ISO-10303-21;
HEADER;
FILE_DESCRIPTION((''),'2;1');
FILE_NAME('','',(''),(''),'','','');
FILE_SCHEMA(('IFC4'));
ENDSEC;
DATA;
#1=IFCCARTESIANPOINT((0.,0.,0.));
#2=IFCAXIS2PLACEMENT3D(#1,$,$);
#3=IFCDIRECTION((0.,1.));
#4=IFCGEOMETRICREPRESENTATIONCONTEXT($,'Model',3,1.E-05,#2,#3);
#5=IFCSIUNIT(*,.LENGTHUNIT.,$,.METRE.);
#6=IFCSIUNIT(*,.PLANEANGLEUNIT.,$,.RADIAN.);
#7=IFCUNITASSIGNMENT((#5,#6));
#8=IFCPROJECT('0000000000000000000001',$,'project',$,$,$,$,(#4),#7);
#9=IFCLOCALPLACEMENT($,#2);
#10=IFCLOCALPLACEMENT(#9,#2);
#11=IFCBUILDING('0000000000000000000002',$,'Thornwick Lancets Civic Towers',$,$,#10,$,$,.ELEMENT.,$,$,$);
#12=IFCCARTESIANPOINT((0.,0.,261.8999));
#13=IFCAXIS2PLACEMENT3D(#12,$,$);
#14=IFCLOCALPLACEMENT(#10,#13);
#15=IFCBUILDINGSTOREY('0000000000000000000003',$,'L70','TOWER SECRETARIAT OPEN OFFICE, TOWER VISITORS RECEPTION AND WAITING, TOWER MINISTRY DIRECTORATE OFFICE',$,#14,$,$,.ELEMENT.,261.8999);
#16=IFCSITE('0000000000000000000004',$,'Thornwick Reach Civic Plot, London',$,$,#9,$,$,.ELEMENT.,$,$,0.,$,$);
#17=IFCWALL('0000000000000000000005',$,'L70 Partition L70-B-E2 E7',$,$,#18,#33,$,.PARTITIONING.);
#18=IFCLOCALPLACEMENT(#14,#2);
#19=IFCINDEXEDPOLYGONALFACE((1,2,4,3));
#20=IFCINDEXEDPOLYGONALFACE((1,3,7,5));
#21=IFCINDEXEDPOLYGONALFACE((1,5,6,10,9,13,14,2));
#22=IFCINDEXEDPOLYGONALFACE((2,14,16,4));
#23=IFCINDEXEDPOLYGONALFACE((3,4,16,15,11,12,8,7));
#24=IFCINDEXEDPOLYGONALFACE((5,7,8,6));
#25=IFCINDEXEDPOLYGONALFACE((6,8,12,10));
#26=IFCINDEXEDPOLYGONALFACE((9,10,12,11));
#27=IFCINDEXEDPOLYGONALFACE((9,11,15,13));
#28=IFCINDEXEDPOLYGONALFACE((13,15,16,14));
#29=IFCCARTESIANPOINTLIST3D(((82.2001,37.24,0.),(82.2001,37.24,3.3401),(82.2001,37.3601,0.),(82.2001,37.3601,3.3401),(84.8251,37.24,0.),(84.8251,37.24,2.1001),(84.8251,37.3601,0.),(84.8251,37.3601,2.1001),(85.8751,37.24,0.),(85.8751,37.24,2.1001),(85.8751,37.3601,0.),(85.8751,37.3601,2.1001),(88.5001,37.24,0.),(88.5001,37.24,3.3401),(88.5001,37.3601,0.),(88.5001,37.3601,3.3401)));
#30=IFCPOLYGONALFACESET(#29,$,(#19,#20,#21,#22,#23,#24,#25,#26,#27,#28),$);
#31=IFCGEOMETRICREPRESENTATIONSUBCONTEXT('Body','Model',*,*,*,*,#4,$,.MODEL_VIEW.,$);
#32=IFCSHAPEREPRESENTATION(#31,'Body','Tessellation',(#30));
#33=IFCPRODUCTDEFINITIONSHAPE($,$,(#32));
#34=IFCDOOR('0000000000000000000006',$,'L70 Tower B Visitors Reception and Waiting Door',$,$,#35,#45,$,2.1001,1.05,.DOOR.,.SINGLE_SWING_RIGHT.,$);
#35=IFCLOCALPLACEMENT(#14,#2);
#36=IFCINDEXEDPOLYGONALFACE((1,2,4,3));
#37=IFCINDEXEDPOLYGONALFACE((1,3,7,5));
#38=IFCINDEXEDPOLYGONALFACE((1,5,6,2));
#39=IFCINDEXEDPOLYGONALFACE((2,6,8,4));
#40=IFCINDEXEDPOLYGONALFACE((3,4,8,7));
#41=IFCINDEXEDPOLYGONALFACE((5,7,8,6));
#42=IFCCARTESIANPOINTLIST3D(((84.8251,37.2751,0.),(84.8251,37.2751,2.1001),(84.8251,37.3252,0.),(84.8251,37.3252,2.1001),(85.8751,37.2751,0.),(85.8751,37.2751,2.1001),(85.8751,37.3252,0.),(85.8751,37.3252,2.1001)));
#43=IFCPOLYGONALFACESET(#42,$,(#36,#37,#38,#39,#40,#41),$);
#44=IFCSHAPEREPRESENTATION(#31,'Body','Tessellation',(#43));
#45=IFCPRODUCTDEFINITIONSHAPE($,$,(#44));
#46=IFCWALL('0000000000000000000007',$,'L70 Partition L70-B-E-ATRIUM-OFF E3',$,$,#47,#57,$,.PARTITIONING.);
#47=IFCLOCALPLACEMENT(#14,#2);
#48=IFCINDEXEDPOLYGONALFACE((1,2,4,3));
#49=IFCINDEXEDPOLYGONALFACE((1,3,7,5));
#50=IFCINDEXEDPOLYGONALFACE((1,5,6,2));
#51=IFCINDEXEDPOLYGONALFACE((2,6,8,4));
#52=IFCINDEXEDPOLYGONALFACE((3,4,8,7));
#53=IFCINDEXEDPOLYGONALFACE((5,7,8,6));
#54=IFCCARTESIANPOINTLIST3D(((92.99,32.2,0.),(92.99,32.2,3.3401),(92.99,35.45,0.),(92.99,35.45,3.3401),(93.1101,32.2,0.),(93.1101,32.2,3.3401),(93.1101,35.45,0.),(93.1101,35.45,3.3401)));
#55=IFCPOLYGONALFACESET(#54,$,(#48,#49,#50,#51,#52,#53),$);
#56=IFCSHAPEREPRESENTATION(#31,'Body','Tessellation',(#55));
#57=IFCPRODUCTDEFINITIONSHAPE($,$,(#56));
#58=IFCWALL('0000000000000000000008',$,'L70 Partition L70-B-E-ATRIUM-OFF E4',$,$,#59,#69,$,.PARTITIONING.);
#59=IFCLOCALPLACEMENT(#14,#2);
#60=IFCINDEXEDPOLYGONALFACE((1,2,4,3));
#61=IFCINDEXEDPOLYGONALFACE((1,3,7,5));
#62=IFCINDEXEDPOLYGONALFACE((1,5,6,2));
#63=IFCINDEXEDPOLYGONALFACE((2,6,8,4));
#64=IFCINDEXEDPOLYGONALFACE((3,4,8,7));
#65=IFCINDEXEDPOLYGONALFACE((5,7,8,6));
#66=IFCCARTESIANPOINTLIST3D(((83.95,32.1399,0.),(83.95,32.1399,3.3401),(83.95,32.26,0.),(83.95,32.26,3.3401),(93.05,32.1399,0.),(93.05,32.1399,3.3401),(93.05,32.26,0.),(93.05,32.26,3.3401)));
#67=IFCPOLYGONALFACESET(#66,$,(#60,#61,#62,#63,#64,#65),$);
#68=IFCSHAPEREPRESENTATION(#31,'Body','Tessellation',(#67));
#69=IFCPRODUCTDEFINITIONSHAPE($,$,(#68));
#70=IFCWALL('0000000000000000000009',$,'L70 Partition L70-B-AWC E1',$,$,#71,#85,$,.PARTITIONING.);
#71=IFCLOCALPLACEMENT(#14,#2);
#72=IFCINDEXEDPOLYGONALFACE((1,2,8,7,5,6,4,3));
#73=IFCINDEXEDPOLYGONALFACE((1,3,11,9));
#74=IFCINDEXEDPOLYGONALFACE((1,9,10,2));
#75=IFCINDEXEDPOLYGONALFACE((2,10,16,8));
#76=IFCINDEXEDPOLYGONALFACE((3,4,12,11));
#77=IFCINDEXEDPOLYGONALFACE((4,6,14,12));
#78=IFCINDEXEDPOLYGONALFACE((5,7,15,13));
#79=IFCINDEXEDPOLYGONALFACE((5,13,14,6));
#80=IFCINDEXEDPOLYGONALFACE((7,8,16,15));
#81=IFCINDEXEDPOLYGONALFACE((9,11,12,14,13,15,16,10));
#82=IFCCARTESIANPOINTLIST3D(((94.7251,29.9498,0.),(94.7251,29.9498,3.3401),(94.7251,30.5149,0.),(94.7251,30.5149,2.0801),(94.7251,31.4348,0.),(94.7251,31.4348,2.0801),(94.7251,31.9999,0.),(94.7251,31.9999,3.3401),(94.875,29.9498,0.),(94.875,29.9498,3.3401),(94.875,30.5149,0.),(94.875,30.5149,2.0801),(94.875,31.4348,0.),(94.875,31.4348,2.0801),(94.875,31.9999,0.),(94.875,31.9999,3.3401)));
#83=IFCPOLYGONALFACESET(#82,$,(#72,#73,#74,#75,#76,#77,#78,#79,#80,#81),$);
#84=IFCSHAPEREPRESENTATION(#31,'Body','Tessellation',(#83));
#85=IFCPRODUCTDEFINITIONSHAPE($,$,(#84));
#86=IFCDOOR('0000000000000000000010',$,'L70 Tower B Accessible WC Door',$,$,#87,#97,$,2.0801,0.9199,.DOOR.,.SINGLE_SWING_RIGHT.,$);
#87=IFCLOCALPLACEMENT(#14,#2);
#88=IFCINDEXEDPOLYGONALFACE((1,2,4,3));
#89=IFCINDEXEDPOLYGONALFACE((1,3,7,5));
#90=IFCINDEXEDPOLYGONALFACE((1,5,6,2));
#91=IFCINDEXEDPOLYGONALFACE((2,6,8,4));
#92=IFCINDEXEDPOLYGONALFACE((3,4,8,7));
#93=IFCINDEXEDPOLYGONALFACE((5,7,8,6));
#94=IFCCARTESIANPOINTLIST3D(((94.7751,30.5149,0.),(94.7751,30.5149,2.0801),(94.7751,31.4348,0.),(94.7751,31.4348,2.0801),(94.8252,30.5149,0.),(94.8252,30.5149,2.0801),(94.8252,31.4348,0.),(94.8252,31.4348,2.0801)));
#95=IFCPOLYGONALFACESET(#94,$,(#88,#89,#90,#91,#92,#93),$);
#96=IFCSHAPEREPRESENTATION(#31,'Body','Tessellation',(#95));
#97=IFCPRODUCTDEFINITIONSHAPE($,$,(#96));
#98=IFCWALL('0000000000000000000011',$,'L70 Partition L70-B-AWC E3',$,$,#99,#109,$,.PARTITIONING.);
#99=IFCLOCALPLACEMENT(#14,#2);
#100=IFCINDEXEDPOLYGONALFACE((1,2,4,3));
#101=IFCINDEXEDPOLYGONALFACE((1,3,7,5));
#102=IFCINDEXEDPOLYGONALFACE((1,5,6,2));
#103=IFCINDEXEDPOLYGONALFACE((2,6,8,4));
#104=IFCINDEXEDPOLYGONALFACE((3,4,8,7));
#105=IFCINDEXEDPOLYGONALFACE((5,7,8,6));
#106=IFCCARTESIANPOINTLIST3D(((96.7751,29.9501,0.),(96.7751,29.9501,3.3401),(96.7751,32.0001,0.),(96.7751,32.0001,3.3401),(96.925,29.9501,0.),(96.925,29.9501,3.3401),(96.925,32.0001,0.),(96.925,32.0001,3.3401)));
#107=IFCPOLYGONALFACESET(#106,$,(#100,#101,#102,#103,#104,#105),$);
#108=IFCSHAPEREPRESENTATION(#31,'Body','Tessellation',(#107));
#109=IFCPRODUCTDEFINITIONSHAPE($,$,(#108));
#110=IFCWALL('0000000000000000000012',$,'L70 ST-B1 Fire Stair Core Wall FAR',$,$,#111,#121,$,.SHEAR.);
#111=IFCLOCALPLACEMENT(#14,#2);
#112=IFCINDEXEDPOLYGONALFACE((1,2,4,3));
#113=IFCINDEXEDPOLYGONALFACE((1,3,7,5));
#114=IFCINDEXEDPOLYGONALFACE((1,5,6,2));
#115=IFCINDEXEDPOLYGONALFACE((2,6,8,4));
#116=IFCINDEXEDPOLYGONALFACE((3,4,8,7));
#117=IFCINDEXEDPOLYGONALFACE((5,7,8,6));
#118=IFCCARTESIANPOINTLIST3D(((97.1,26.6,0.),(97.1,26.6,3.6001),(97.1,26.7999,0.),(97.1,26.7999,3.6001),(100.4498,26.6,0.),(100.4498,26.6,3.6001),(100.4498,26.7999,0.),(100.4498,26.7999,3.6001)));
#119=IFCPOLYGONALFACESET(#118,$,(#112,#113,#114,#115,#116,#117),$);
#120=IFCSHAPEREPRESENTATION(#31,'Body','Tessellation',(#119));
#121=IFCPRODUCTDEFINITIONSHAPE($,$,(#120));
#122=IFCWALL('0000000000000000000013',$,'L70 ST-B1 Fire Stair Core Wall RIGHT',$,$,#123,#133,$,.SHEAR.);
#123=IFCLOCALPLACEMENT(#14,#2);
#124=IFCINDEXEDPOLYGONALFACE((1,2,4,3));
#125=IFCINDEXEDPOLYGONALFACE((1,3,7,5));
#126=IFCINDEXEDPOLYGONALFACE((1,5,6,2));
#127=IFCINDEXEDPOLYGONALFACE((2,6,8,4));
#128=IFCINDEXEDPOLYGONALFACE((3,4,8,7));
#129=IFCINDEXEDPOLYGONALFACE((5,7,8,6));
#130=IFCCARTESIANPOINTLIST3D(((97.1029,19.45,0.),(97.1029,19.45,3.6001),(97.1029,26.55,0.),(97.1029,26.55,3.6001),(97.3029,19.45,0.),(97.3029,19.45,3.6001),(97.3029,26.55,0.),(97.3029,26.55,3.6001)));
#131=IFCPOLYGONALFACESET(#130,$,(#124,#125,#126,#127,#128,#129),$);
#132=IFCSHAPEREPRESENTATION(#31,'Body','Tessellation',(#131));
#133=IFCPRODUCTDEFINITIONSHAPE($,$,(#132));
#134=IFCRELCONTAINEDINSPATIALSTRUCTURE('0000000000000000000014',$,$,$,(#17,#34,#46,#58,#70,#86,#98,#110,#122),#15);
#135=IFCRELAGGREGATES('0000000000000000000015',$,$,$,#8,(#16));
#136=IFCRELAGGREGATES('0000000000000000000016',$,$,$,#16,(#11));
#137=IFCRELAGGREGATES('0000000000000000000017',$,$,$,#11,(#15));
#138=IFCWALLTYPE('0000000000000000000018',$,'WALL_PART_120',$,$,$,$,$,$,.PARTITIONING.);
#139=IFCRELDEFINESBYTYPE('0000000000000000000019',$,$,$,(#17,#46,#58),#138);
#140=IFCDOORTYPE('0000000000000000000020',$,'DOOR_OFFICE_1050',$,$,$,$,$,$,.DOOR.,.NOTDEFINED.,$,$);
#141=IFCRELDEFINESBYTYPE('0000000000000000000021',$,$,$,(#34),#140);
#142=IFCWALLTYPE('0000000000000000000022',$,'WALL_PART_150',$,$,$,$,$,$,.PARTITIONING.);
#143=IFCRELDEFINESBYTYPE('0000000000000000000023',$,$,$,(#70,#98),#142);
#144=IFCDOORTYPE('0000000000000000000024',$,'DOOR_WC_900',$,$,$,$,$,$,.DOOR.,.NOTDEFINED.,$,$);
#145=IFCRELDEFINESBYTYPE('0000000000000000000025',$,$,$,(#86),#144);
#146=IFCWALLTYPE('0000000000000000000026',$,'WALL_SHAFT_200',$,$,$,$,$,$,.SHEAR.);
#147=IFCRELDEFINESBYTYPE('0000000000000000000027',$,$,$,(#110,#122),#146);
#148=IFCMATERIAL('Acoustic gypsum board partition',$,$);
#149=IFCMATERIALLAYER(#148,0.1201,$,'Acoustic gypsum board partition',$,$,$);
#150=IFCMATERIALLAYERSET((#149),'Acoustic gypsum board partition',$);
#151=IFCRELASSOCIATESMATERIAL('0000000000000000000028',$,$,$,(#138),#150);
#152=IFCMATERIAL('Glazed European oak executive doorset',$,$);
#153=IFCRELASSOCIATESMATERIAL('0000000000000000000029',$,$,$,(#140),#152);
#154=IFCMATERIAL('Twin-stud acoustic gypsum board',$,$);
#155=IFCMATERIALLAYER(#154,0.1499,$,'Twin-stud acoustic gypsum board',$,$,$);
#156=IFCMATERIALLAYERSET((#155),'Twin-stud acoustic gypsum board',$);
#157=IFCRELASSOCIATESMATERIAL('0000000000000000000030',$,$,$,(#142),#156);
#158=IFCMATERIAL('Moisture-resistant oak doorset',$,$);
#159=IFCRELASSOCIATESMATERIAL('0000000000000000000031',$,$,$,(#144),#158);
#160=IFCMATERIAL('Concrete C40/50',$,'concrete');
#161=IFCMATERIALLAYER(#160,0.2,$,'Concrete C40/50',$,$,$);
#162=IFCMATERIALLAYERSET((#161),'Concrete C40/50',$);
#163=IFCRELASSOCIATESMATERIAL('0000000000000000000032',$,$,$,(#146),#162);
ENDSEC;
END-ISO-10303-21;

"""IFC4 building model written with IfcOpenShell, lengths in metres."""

from ifc_helpers import new_model, si_unit, direction, frame, frame_2d, origin, place, context, subcontext, project, spatial, rectangle, extrude, material, layer, layer_set, type_object, element, fill, save


model = new_model("IFC4")

# Units and contexts
model_context = context("Model", 3, precision=1e-05, world=origin(), true_north=direction((0.0, 1.0)))
body_context = subcontext(model_context, "Body", "Model", "MODEL_VIEW")
ifc_project = project(units=[si_unit("LENGTHUNIT", "METRE"), si_unit("PLANEANGLEUNIT", "RADIAN")], contexts=[model_context])

# Site, building, storey
site_placement = place(None, origin())
site = spatial("IfcSite", under=ifc_project, at=site_placement, Name="Thornwick Reach Civic Plot, London", CompositionType="ELEMENT", RefElevation=0.0)
building_placement = place(site_placement, origin())
building = spatial("IfcBuilding", under=site, at=building_placement, Name="Thornwick Lancets Civic Towers", CompositionType="ELEMENT")
storey_placement = place(building_placement, frame((0.0, 0.0, 261.8999)))
storey = spatial("IfcBuildingStorey", under=building, at=storey_placement, Name="L70", Description="TOWER SECRETARIAT OPEN OFFICE, TOWER VISITORS RECEPTION AND WAITING, TOWER MINISTRY DIRECTORATE OFFICE", CompositionType="ELEMENT", Elevation=261.8999)

# Shared definitions
ifc_material_1 = material(Name="Acoustic gypsum board partition")
ifc_layer_1 = layer(ifc_material_1, 0.1201, Name="Acoustic gypsum board partition")
ifc_layer_set_1 = layer_set([ifc_layer_1], Name="Acoustic gypsum board partition")
wall_type_1 = type_object("IfcWallType", Name="WALL_PART_120", PredefinedType="PARTITIONING", material=ifc_layer_set_1)

# Wall, opening, door
wall_1_placement = place(storey_placement, frame((88.5, 37.3, 0.0), z_axis=(0.0, 0.0, 1.0), x_axis=(-1.0, 0.0, 0.0)))
wall_1 = element("IfcWall", 1, at=wall_1_placement, inside=storey, type_object=wall_type_1, Name="L70 Partition L70-B-E2 E7", PredefinedType="PARTITIONING", context=body_context, shape_type="SweptSolid", body=[
    extrude(rectangle(XDim=6.3, YDim=0.1201, at=frame_2d((3.1499, 0.0))), origin(), (0.0, 0.0, 1.0), 3.3401),
])
opening_1_placement = place(wall_1_placement, frame((2.625, 0.0, 0.0)))
opening_1 = element("IfcOpeningElement", 2, at=opening_1_placement, cuts=wall_1, PredefinedType="OPENING", context=body_context, shape_type="SweptSolid", body=[
    extrude(rectangle(XDim=1.05, YDim=2.1001, at=frame_2d((0.5249, 1.05))), frame((0.0, 0.0701, 0.0), z_axis=(0.0, -1.0, 0.0), x_axis=(1.0, 0.0, 0.0)), (0.0, 0.0, 1.0), 0.1401),
])
ifc_material_2 = material(Name="Glazed European oak executive doorset")
door_type_1 = type_object("IfcDoorType", Name="DOOR_OFFICE_1050", OperationType="NOTDEFINED", PredefinedType="DOOR", material=ifc_material_2)
door_1_placement = place(opening_1_placement, origin())
door_1 = element("IfcDoor", 3, at=door_1_placement, inside=storey, type_object=door_type_1, Name="L70 Tower B Visitors Reception and Waiting Door", OperationType="SINGLE_SWING_RIGHT", OverallHeight=2.1001, OverallWidth=1.05, PredefinedType="DOOR", context=body_context, shape_type="SweptSolid", body=[
    extrude(rectangle(XDim=1.05, YDim=2.1001, at=frame_2d((0.5249, 1.05))), frame((0.0, 0.0249, 0.0), z_axis=(0.0, -1.0, 0.0), x_axis=(1.0, 0.0, 0.0)), (0.0, 0.0, 1.0), 0.05),
])
fill(opening_1, door_1)

# Walls
wall_2_placement = place(storey_placement, frame((93.05, 35.45, 0.0), z_axis=(0.0, 0.0, 1.0), x_axis=(0.0, -1.0, 0.0)))
element("IfcWall", 4, at=wall_2_placement, inside=storey, type_object=wall_type_1, Name="L70 Partition L70-B-E-ATRIUM-OFF E3", PredefinedType="PARTITIONING", context=body_context, shape_type="SweptSolid", body=[
    extrude(rectangle(XDim=3.25, YDim=0.1201, at=frame_2d((1.625, 0.0))), origin(), (0.0, 0.0, 1.0), 3.3401),
])
wall_3_placement = place(storey_placement, frame((93.05, 32.2, 0.0), z_axis=(0.0, 0.0, 1.0), x_axis=(-1.0, 0.0, 0.0)))
element("IfcWall", 5, at=wall_3_placement, inside=storey, type_object=wall_type_1, Name="L70 Partition L70-B-E-ATRIUM-OFF E4", PredefinedType="PARTITIONING", context=body_context, shape_type="SweptSolid", body=[
    extrude(rectangle(XDim=9.1001, YDim=0.1201, at=frame_2d((4.55, 0.0))), origin(), (0.0, 0.0, 1.0), 3.3401),
])

# Wall, opening, door
ifc_material_3 = material(Name="Twin-stud acoustic gypsum board")
ifc_layer_2 = layer(ifc_material_3, 0.1499, Name="Twin-stud acoustic gypsum board")
ifc_layer_set_2 = layer_set([ifc_layer_2], Name="Twin-stud acoustic gypsum board")
wall_type_2 = type_object("IfcWallType", Name="WALL_PART_150", PredefinedType="PARTITIONING", material=ifc_layer_set_2)
wall_4_placement = place(storey_placement, frame((94.8, 29.95, 0.0), z_axis=(0.0, 0.0, 1.0), x_axis=(0.0, 1.0, 0.0)))
wall_4 = element("IfcWall", 6, at=wall_4_placement, inside=storey, type_object=wall_type_2, Name="L70 Partition L70-B-AWC E1", PredefinedType="PARTITIONING", context=body_context, shape_type="SweptSolid", body=[
    extrude(rectangle(XDim=2.05, YDim=0.1499, at=frame_2d((1.0249, 0.0))), origin(), (0.0, 0.0, 1.0), 3.3401),
])
opening_2_placement = place(wall_4_placement, frame((0.5649, 0.0, 0.0)))
opening_2 = element("IfcOpeningElement", 7, at=opening_2_placement, cuts=wall_4, PredefinedType="OPENING", context=body_context, shape_type="SweptSolid", body=[
    extrude(rectangle(XDim=0.9199, YDim=2.0801, at=frame_2d((0.46, 1.04))), frame((0.0, 0.085, 0.0), z_axis=(0.0, -1.0, 0.0), x_axis=(1.0, 0.0, 0.0)), (0.0, 0.0, 1.0), 0.1699),
])
ifc_material_4 = material(Name="Moisture-resistant oak doorset")
door_type_2 = type_object("IfcDoorType", Name="DOOR_WC_900", OperationType="NOTDEFINED", PredefinedType="DOOR", material=ifc_material_4)
door_2_placement = place(opening_2_placement, origin())
door_2 = element("IfcDoor", 8, at=door_2_placement, inside=storey, type_object=door_type_2, Name="L70 Tower B Accessible WC Door", OperationType="SINGLE_SWING_RIGHT", OverallHeight=2.0801, OverallWidth=0.9199, PredefinedType="DOOR", context=body_context, shape_type="SweptSolid", body=[
    extrude(rectangle(XDim=0.9199, YDim=2.0801, at=frame_2d((0.46, 1.04))), frame((0.0, 0.0249, 0.0), z_axis=(0.0, -1.0, 0.0), x_axis=(1.0, 0.0, 0.0)), (0.0, 0.0, 1.0), 0.05),
])
fill(opening_2, door_2)

# Walls
wall_5_placement = place(storey_placement, frame((96.8501, 32.0, 0.0), z_axis=(0.0, 0.0, 1.0), x_axis=(0.0, -1.0, 0.0)))
element("IfcWall", 9, at=wall_5_placement, inside=storey, type_object=wall_type_2, Name="L70 Partition L70-B-AWC E3", PredefinedType="PARTITIONING", context=body_context, shape_type="SweptSolid", body=[
    extrude(rectangle(XDim=2.05, YDim=0.1499, at=frame_2d((1.0249, 0.0))), origin(), (0.0, 0.0, 1.0), 3.3401),
])
ifc_material_5 = material(Name="Concrete C40/50", Category="concrete")
ifc_layer_3 = layer(ifc_material_5, 0.2, Name="Concrete C40/50")
ifc_layer_set_3 = layer_set([ifc_layer_3], Name="Concrete C40/50")
wall_type_3 = type_object("IfcWallType", Name="WALL_SHAFT_200", PredefinedType="SHEAR", material=ifc_layer_set_3)
wall_6_placement = place(storey_placement, frame((97.1001, 26.7, 0.0), z_axis=(0.0, 0.0, 1.0), x_axis=(1.0, 0.0, 0.0)))
element("IfcWall", 10, at=wall_6_placement, inside=storey, type_object=wall_type_3, Name="L70 ST-B1 Fire Stair Core Wall FAR", PredefinedType="SHEAR", context=body_context, shape_type="SweptSolid", body=[
    extrude(rectangle(XDim=3.3499, YDim=0.2, at=frame_2d((1.6748, 0.0))), origin(), (0.0, 0.0, 1.0), 3.6001),
])
wall_7_placement = place(storey_placement, frame((97.2029, 26.55, 0.0), z_axis=(0.0, 0.0, 1.0), x_axis=(0.0, -1.0, 0.0)))
element("IfcWall", 11, at=wall_7_placement, inside=storey, type_object=wall_type_3, Name="L70 ST-B1 Fire Stair Core Wall RIGHT", PredefinedType="SHEAR", context=body_context, shape_type="SweptSolid", body=[
    extrude(rectangle(XDim=7.1001, YDim=0.2, at=frame_2d((3.55, 0.0))), origin(), (0.0, 0.0, 1.0), 3.6001),
])

save(model, "model.ifc")
